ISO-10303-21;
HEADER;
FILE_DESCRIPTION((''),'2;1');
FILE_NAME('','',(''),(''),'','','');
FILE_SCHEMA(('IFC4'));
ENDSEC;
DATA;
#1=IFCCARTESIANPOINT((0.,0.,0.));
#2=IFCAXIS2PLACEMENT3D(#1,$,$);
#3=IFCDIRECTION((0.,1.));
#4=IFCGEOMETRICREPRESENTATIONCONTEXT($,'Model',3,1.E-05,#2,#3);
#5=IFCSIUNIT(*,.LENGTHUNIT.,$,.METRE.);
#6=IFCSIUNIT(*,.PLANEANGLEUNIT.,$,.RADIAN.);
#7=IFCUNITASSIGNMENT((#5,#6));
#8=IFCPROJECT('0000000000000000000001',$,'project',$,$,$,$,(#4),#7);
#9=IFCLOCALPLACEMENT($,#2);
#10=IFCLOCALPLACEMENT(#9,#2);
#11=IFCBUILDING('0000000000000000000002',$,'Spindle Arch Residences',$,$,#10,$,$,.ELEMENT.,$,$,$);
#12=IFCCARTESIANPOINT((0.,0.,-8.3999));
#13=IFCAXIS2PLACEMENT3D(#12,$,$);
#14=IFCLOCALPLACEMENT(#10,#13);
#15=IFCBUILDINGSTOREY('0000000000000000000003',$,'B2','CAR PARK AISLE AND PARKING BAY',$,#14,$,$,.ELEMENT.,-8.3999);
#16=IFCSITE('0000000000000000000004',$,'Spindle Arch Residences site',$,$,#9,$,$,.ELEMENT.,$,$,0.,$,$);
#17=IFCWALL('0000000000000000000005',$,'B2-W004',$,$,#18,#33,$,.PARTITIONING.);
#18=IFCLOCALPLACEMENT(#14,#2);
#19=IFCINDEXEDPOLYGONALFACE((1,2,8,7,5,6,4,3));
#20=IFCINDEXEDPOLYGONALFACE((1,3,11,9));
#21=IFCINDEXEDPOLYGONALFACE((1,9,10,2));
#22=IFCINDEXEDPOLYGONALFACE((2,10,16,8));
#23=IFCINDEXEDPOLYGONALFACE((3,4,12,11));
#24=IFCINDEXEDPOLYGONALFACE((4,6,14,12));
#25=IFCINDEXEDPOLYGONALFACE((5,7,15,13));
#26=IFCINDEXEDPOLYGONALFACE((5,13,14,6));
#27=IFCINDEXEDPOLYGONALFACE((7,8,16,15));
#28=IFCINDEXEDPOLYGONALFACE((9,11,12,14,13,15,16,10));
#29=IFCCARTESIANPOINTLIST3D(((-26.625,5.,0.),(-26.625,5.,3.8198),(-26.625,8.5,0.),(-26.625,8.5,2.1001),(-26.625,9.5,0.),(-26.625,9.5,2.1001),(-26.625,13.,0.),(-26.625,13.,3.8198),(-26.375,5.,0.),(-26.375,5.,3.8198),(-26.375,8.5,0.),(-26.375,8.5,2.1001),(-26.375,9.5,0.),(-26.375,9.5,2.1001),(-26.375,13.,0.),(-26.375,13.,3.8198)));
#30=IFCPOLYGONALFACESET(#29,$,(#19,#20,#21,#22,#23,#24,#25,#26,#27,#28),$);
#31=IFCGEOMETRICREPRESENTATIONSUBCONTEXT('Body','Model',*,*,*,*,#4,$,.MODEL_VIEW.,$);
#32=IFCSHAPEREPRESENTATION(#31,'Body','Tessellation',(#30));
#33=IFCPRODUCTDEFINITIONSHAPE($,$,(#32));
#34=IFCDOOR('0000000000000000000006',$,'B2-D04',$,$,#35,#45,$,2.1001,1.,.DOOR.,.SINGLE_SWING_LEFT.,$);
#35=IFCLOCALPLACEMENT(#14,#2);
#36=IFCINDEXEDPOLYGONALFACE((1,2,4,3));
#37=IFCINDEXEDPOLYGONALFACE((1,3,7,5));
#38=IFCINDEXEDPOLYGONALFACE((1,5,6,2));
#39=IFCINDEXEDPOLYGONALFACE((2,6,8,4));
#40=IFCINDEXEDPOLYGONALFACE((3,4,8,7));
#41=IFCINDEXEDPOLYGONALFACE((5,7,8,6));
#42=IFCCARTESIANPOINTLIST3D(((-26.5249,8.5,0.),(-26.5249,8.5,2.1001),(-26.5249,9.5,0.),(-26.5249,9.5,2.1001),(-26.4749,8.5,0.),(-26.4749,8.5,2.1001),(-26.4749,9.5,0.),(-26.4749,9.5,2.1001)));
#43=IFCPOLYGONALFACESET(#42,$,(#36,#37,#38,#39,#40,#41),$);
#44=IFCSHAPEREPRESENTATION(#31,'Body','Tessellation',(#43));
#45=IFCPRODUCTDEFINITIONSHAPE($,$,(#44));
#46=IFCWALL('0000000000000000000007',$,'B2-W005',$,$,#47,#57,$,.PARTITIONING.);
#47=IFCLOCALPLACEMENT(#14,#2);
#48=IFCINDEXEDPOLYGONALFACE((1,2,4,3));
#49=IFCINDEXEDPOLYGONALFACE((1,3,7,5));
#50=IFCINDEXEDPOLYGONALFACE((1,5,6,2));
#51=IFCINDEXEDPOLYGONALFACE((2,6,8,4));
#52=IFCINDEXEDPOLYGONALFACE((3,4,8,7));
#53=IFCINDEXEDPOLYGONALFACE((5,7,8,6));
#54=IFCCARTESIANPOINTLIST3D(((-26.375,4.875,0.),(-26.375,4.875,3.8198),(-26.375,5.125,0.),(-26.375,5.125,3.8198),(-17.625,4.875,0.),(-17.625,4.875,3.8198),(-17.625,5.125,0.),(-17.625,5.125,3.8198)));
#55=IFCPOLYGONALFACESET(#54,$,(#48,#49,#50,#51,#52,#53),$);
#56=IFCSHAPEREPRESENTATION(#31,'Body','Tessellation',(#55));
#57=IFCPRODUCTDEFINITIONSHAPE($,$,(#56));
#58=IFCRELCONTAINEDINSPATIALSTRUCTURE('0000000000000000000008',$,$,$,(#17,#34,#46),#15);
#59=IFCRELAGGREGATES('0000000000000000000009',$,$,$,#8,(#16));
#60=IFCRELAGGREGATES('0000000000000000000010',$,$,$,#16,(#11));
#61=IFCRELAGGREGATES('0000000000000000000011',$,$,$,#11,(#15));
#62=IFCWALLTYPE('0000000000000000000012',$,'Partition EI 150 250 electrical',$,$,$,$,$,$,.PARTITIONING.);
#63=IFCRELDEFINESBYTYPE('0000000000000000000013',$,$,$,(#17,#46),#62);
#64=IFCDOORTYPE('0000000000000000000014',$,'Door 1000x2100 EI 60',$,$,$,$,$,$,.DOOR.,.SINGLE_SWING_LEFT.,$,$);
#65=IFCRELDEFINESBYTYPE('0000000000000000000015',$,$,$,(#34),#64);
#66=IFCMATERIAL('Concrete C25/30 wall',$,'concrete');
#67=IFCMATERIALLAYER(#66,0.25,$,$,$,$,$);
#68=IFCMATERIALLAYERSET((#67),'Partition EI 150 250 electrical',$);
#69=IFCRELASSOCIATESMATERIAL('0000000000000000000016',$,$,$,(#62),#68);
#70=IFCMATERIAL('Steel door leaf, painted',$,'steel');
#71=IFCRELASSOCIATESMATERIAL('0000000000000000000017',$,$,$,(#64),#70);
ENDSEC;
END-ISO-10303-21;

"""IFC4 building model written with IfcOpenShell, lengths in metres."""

from ifc_helpers import new_model, si_unit, direction, frame, frame_2d, origin, place, context, subcontext, project, spatial, rectangle, extrude, material, layer, layer_set, type_object, element, fill, save


model = new_model("IFC4")

# Units and contexts
model_context = context("Model", 3, precision=1e-05, world=origin(), true_north=direction((0.0, 1.0)))
body_context = subcontext(model_context, "Body", "Model", "MODEL_VIEW")
ifc_project = project(units=[si_unit("LENGTHUNIT", "METRE"), si_unit("PLANEANGLEUNIT", "RADIAN")], contexts=[model_context])

# Site, building, storey
site_placement = place(None, origin())
site = spatial("IfcSite", under=ifc_project, at=site_placement, Name="Spindle Arch Residences site", CompositionType="ELEMENT", RefElevation=0.0)
building_placement = place(site_placement, origin())
building = spatial("IfcBuilding", under=site, at=building_placement, Name="Spindle Arch Residences", CompositionType="ELEMENT")
storey_placement = place(building_placement, frame((0.0, 0.0, -8.3999)))
storey = spatial("IfcBuildingStorey", under=building, at=storey_placement, Name="B2", Description="CAR PARK AISLE AND PARKING BAY", CompositionType="ELEMENT", Elevation=-8.3999)

# Wall, opening, door
ifc_material_1 = material(Name="Concrete C25/30 wall", Category="concrete")
ifc_layer_1 = layer(ifc_material_1, 0.25)
ifc_layer_set_1 = layer_set([ifc_layer_1], Name="Partition EI 150 250 electrical")
wall_type_1 = type_object("IfcWallType", Name="Partition EI 150 250 electrical", PredefinedType="PARTITIONING", material=ifc_layer_set_1)
wall_1_placement = place(storey_placement, frame((-26.5, 5.0, 0.0), z_axis=(0.0, 0.0, 1.0), x_axis=(0.0, 1.0, 0.0)))
wall_1 = element("IfcWall", 1, at=wall_1_placement, inside=storey, type_object=wall_type_1, Name="B2-W004", PredefinedType="PARTITIONING", context=body_context, shape_type="SweptSolid", body=[
    extrude(rectangle(XDim=8.0, YDim=0.25, at=frame_2d((4.0, 0.0))), origin(), (0.0, 0.0, 1.0), 3.8198),
])
opening_1_placement = place(wall_1_placement, frame((3.5, 0.0, 0.0)))
opening_1 = element("IfcOpeningElement", 2, at=opening_1_placement, cuts=wall_1, PredefinedType="OPENING", context=body_context, shape_type="SweptSolid", body=[
    extrude(rectangle(XDim=1.0, YDim=2.1001, at=frame_2d((0.5, 1.05))), frame((0.0, 0.135, 0.0), z_axis=(0.0, -1.0, 0.0), x_axis=(1.0, 0.0, 0.0)), (0.0, 0.0, 1.0), 0.27),
])
ifc_material_2 = material(Name="Steel door leaf, painted", Category="steel")
door_type_1 = type_object("IfcDoorType", Name="Door 1000x2100 EI 60", OperationType="SINGLE_SWING_LEFT", PredefinedType="DOOR", material=ifc_material_2)
door_1_placement = place(opening_1_placement, origin())
door_1 = element("IfcDoor", 3, at=door_1_placement, inside=storey, type_object=door_type_1, Name="B2-D04", OperationType="SINGLE_SWING_LEFT", OverallHeight=2.1001, OverallWidth=1.0, PredefinedType="DOOR", context=body_context, shape_type="SweptSolid", body=[
    extrude(rectangle(XDim=1.0, YDim=2.1001, at=frame_2d((0.5, 1.05))), frame((0.0, 0.0249, 0.0), z_axis=(0.0, -1.0, 0.0), x_axis=(1.0, 0.0, 0.0)), (0.0, 0.0, 1.0), 0.05),
])
fill(opening_1, door_1)

# Wall
wall_2_placement = place(storey_placement, frame((-26.375, 5.0, 0.0), z_axis=(0.0, 0.0, 1.0), x_axis=(1.0, 0.0, 0.0)))
element("IfcWall", 4, at=wall_2_placement, inside=storey, type_object=wall_type_1, Name="B2-W005", PredefinedType="PARTITIONING", context=body_context, shape_type="SweptSolid", body=[
    extrude(rectangle(XDim=8.75, YDim=0.25, at=frame_2d((4.375, 0.0))), origin(), (0.0, 0.0, 1.0), 3.8198),
])

save(model, "model.ifc")
